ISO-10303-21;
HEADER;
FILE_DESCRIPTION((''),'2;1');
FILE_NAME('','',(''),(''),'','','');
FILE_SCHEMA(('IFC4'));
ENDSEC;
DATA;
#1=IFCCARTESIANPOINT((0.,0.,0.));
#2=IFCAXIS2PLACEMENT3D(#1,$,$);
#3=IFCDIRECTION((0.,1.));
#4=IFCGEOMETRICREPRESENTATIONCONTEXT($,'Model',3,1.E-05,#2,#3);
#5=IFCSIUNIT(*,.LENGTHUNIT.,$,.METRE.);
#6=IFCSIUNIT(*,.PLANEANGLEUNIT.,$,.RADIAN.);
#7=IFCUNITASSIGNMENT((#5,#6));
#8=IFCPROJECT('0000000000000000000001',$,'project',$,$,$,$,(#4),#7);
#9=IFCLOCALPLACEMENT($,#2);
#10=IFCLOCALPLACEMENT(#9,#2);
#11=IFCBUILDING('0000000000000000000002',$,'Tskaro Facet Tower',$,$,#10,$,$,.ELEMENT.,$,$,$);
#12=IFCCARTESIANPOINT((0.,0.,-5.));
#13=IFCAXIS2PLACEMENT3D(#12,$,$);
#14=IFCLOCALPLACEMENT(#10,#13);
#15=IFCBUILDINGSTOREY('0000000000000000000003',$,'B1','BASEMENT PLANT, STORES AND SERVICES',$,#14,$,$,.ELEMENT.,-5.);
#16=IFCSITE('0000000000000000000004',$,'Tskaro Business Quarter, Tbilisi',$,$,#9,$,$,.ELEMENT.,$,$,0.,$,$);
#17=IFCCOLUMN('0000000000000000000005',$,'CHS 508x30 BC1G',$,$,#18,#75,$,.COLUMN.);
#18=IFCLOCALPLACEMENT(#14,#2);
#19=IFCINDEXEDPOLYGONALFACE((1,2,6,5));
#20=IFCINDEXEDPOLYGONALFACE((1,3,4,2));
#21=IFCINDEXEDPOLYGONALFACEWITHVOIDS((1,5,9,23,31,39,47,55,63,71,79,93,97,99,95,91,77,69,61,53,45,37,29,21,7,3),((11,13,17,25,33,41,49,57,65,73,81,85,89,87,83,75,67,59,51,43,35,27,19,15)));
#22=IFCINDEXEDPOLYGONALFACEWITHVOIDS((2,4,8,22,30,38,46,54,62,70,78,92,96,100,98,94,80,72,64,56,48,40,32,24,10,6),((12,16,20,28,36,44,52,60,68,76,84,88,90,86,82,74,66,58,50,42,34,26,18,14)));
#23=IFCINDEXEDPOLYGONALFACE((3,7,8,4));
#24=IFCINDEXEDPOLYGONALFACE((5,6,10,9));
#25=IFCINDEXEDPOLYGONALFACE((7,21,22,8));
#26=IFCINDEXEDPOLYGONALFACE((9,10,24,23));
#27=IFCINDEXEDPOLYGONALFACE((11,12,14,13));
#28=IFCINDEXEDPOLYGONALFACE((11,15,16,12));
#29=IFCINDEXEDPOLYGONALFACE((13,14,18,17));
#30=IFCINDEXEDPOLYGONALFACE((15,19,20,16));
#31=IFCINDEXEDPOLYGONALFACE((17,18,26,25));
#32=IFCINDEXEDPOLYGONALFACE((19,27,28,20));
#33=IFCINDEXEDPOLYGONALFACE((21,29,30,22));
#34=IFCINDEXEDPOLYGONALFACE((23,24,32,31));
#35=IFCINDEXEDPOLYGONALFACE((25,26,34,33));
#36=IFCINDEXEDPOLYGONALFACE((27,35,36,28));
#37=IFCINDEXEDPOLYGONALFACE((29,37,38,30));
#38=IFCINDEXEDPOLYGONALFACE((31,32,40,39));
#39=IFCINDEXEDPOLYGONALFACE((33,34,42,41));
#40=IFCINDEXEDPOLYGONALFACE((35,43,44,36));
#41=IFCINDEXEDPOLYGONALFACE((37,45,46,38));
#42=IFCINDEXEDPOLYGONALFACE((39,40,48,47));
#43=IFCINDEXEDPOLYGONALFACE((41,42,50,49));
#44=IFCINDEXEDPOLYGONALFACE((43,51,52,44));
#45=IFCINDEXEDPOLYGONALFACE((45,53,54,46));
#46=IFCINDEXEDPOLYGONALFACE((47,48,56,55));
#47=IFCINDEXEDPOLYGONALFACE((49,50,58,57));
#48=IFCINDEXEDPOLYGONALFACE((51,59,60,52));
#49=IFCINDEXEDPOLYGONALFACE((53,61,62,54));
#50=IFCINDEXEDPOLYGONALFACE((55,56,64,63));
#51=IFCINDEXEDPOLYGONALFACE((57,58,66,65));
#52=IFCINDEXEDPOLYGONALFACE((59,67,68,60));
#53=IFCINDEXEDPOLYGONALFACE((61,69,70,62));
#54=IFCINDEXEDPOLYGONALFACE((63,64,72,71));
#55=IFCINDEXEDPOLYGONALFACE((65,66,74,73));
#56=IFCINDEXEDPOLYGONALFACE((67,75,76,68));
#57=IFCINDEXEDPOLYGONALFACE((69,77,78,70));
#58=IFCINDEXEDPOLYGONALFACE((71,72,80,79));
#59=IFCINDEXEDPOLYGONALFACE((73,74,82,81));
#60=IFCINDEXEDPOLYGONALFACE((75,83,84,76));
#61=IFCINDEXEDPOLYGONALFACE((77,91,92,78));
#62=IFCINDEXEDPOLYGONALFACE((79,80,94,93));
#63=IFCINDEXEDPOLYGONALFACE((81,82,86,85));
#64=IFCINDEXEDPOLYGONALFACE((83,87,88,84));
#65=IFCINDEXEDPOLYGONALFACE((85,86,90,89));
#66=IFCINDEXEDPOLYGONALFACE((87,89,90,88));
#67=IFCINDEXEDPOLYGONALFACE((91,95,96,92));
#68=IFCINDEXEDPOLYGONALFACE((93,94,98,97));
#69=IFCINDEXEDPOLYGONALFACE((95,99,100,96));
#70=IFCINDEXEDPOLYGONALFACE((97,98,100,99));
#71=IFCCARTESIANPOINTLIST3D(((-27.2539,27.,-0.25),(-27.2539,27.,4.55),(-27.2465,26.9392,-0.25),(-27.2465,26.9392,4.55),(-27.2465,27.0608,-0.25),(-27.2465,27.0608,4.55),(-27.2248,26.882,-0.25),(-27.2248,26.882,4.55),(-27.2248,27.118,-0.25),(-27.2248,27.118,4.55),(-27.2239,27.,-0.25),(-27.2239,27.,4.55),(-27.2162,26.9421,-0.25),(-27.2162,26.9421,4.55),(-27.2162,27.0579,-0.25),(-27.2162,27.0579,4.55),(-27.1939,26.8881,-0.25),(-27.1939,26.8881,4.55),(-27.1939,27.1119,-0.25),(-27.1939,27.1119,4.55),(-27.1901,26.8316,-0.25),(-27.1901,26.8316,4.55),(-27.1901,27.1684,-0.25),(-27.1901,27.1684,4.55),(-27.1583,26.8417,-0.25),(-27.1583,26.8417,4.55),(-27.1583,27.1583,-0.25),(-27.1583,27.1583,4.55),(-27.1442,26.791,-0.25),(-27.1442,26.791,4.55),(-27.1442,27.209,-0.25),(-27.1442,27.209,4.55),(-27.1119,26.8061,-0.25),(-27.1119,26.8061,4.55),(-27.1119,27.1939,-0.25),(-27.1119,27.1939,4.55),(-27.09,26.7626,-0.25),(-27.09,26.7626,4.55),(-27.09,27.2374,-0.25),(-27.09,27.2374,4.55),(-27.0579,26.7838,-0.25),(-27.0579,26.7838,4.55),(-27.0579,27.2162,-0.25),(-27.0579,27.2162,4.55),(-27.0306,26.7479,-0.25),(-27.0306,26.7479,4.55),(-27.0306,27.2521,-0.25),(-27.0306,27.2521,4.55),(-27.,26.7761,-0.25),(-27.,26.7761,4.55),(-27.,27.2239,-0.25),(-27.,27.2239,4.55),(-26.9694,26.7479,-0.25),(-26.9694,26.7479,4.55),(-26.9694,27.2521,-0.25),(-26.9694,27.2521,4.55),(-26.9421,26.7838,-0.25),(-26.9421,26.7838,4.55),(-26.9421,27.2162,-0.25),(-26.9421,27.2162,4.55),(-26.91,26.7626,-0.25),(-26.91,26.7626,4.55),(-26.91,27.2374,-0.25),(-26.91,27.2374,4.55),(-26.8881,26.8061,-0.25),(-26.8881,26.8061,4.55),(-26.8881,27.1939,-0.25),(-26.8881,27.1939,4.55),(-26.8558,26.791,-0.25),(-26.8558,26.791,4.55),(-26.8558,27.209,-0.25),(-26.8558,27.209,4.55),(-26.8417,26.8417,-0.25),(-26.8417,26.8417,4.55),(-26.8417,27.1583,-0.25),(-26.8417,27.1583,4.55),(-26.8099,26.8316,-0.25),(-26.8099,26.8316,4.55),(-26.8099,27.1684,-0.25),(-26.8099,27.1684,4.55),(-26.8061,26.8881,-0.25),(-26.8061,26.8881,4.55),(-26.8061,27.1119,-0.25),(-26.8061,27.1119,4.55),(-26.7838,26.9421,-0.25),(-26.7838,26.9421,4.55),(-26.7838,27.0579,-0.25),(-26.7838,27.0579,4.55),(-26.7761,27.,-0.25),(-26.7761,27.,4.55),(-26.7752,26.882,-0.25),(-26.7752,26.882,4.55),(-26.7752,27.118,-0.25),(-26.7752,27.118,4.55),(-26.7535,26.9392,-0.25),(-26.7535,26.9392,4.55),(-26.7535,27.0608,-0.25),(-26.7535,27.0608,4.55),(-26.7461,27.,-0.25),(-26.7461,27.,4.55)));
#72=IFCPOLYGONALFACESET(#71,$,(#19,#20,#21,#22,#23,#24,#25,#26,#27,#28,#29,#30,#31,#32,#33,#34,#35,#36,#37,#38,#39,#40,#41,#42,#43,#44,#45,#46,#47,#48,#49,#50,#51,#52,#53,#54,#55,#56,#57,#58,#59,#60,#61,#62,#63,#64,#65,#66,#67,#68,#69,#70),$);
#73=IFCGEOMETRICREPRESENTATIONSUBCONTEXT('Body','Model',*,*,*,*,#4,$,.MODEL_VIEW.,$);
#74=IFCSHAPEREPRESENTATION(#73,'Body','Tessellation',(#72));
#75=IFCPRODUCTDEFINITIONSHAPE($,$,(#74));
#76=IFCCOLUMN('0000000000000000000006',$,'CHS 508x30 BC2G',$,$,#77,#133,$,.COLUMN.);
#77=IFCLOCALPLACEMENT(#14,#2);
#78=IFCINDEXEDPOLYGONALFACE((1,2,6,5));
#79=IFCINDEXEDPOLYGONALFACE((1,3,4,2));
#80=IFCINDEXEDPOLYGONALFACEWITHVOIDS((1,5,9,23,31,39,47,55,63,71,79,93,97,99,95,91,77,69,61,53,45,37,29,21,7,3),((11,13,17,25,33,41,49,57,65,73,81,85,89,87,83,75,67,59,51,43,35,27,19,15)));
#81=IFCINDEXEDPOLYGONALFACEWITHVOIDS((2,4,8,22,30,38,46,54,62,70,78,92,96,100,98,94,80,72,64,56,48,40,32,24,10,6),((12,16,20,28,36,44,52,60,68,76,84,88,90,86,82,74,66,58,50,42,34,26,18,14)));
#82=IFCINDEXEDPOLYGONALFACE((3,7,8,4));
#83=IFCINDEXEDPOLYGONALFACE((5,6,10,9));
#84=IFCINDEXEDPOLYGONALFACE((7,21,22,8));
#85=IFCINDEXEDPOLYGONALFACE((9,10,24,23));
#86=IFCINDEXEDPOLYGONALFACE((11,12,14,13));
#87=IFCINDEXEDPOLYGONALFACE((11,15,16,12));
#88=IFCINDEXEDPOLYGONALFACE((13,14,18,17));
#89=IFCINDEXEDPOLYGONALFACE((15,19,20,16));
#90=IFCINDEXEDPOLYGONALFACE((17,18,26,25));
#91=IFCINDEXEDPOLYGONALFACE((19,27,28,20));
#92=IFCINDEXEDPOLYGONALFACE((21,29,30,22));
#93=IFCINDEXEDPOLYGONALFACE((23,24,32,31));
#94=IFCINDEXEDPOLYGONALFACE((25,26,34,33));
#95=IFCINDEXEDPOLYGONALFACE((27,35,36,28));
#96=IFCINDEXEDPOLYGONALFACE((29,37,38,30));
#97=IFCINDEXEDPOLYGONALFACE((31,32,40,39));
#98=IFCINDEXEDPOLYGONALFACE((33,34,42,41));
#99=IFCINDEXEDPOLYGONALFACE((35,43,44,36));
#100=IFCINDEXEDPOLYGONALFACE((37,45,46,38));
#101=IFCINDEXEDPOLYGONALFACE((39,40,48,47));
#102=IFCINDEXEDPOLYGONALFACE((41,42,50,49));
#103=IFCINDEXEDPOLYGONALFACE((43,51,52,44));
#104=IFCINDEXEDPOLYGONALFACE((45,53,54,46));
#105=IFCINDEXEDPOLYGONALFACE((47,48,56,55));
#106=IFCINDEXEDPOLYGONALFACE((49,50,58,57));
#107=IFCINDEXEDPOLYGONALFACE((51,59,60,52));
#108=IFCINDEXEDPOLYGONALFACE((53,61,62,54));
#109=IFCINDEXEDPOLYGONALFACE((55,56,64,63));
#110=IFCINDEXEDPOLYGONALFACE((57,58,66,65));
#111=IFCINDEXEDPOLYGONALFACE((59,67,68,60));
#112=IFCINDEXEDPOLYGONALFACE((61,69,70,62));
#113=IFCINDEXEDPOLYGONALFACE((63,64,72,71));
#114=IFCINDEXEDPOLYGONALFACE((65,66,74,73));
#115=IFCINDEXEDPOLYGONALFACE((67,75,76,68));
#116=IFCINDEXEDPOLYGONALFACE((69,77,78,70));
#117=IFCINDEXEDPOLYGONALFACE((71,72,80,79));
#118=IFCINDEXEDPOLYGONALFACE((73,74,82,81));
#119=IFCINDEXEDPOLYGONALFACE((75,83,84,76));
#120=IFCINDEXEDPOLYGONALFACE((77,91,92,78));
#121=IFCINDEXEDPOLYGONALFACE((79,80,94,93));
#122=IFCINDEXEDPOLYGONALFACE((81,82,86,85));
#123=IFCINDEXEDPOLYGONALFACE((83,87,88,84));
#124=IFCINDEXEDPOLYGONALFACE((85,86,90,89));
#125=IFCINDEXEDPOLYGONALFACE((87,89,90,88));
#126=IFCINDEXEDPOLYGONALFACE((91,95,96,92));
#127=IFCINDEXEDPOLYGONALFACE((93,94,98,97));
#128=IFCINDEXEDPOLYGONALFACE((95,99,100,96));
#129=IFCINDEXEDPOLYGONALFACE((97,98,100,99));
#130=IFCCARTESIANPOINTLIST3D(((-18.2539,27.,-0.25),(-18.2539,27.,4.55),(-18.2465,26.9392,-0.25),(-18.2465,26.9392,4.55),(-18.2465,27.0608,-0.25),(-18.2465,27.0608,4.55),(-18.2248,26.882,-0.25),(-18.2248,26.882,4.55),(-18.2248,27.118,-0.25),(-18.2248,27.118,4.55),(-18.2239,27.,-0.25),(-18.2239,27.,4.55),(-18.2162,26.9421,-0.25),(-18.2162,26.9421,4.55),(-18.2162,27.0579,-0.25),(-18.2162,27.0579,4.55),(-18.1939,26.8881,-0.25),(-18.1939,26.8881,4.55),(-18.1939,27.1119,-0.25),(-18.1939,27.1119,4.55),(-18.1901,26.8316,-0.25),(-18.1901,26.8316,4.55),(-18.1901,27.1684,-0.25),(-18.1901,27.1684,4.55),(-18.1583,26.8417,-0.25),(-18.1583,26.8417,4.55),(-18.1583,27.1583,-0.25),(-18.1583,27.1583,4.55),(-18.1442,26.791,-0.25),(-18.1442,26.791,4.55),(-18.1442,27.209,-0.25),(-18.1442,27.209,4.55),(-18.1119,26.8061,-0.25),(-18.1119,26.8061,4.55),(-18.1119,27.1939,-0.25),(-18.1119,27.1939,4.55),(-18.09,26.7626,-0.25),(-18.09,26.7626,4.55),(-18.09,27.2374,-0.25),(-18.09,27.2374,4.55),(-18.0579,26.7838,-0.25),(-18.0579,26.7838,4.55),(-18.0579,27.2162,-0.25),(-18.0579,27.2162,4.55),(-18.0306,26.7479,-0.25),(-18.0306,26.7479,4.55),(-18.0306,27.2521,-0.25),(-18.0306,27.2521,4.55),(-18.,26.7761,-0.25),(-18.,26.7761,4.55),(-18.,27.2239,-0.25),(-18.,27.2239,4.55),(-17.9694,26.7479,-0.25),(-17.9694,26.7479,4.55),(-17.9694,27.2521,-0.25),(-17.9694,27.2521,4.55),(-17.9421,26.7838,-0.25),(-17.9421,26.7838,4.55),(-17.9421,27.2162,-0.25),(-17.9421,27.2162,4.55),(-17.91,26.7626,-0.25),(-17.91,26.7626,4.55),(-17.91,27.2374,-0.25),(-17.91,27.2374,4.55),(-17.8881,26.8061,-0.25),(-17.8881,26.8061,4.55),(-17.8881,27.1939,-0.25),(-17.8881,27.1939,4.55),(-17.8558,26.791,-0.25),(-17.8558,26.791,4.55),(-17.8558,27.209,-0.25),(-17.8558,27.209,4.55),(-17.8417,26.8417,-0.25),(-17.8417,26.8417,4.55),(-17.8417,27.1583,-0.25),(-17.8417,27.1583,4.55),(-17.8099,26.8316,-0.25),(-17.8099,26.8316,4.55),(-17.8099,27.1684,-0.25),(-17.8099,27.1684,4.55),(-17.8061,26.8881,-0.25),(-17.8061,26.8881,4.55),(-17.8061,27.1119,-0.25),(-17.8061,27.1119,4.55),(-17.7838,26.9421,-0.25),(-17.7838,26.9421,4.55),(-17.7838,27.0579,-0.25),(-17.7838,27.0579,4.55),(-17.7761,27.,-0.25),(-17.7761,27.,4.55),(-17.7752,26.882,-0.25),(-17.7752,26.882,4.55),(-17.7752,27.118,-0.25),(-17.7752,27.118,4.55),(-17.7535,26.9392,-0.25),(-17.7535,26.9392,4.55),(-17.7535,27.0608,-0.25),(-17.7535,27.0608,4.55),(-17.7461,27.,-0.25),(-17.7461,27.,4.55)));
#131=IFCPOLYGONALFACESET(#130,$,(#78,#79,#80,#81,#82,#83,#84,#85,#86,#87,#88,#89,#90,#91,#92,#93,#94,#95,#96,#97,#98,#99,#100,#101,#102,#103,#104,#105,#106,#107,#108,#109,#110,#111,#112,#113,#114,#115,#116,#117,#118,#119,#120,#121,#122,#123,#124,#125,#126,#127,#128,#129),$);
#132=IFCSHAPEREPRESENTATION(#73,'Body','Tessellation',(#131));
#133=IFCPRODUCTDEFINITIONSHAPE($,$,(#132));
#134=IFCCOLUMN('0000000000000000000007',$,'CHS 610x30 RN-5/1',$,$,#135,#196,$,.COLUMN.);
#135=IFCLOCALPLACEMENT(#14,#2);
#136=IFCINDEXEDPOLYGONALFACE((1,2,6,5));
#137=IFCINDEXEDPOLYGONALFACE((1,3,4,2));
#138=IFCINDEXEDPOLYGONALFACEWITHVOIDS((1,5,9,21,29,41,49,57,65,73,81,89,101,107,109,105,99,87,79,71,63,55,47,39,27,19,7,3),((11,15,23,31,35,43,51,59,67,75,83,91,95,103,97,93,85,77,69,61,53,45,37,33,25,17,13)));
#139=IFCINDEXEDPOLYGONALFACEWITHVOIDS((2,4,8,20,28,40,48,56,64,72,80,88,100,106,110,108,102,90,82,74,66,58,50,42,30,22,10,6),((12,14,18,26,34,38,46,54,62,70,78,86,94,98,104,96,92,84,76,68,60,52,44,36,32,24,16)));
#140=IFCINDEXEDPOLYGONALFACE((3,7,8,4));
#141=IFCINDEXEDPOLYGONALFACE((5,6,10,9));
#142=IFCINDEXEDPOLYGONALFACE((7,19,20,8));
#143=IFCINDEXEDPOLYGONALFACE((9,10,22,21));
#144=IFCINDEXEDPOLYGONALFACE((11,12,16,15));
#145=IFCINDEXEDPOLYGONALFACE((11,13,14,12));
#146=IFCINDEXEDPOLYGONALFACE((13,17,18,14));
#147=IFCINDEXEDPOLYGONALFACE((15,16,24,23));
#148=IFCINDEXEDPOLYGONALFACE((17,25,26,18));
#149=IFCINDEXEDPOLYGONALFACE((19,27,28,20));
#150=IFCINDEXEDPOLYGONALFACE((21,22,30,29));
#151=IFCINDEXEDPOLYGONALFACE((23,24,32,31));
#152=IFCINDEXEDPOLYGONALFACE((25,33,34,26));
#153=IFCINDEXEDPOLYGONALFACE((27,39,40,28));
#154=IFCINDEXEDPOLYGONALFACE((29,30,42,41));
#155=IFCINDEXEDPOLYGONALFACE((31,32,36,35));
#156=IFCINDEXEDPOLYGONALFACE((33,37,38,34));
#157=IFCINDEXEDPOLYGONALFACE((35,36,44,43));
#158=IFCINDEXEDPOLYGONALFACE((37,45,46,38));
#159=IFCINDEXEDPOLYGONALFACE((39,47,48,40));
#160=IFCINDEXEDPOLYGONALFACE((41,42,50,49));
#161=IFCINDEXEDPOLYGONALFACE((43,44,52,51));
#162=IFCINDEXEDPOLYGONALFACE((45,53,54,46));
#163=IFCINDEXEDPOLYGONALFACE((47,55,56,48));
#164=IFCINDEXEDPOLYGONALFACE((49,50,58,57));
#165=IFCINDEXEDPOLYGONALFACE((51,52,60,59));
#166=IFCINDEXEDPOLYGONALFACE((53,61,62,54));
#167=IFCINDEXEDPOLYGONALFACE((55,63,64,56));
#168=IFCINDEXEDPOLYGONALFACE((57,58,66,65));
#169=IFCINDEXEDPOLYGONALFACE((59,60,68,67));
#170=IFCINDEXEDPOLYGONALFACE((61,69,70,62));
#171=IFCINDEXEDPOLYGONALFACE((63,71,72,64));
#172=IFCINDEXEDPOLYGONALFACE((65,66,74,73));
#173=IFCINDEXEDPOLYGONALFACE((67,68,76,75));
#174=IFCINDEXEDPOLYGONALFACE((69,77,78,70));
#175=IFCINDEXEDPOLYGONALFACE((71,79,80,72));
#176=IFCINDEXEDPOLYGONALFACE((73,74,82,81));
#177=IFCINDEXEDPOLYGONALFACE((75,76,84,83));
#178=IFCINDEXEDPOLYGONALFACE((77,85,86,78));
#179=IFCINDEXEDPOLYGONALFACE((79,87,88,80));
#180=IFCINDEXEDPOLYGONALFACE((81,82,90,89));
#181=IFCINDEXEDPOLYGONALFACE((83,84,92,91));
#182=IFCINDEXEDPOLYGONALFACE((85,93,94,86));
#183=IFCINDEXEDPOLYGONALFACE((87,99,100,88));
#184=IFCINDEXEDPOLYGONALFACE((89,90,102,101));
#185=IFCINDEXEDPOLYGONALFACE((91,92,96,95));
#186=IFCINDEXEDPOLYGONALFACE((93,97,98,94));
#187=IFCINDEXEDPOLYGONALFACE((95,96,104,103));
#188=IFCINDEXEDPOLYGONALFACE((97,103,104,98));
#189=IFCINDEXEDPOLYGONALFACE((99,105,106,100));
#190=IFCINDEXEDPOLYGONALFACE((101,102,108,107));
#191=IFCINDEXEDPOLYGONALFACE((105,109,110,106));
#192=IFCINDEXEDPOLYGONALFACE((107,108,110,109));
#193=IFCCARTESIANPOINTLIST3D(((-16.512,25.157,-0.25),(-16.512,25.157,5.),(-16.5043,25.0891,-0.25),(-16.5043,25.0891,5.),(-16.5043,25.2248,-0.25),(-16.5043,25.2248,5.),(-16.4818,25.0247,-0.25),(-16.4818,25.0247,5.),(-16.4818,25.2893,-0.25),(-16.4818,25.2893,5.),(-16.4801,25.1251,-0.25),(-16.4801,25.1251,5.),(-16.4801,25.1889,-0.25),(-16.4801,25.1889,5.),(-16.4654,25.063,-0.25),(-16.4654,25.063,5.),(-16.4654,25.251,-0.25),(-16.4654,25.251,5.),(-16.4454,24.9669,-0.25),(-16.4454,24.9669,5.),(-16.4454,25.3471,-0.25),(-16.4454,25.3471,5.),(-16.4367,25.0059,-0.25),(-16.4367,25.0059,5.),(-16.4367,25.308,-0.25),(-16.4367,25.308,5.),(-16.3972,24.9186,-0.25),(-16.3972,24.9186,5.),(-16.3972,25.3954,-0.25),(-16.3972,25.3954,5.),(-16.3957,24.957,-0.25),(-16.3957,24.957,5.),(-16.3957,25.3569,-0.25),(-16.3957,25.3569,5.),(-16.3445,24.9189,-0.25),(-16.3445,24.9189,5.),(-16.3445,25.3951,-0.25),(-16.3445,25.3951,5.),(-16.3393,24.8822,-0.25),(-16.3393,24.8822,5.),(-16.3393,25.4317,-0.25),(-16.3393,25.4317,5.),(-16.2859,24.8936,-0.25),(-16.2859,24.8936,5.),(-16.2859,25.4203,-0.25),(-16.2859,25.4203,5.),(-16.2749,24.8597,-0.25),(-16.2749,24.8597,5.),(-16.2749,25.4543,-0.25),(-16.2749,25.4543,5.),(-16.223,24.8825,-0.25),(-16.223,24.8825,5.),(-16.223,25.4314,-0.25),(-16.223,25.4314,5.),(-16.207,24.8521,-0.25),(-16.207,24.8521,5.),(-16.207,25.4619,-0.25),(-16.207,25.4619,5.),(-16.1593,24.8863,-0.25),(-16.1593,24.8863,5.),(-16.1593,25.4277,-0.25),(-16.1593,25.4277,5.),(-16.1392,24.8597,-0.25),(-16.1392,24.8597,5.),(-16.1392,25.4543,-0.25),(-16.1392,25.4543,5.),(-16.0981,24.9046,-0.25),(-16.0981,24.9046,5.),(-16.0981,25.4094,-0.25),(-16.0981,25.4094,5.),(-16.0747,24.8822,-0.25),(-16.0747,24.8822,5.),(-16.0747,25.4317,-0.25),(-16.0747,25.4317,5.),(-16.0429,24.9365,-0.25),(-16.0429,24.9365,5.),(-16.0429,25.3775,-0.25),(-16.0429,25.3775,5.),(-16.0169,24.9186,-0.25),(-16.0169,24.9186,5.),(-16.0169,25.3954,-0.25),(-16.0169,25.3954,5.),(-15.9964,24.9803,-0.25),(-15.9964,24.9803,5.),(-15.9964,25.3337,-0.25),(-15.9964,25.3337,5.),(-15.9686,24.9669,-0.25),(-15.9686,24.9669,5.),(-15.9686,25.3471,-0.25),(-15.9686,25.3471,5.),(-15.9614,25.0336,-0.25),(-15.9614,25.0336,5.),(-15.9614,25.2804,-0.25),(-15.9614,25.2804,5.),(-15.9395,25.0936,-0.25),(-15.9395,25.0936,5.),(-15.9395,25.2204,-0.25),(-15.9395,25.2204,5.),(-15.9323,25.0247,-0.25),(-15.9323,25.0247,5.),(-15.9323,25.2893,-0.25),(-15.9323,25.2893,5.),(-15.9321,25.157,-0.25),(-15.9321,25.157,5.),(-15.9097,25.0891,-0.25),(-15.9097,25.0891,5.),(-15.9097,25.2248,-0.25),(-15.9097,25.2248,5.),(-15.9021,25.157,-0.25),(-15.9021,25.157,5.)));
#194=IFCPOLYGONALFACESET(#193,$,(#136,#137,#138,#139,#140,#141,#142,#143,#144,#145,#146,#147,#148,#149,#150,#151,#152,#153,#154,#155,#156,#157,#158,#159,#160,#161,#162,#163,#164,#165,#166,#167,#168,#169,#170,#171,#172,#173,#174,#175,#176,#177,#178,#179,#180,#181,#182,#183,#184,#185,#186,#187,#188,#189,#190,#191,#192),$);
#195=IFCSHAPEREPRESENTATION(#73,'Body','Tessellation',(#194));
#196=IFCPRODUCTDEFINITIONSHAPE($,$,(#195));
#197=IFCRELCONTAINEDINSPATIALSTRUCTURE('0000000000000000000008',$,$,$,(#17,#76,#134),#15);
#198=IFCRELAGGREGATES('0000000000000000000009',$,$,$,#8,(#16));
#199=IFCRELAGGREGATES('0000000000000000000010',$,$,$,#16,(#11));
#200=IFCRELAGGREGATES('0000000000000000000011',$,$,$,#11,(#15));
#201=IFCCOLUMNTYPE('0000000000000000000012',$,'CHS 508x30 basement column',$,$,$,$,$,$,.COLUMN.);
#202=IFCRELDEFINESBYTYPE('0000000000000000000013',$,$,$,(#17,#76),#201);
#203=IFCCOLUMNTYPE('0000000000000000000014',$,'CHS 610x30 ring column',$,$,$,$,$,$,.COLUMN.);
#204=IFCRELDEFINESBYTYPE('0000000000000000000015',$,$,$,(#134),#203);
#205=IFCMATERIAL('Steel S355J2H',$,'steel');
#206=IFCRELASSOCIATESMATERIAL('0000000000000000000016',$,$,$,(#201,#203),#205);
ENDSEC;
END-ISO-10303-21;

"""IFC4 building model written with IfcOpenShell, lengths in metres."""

from ifc_helpers import new_model, si_unit, direction, frame, origin, origin_2d, place, context, subcontext, project, spatial, hollow_circle, extrude, material, material_profile, profile_set, type_object, element, save


model = new_model("IFC4")

# Units and contexts
model_context = context("Model", 3, precision=1e-05, world=origin(), true_north=direction((0.0, 1.0)))
body_context = subcontext(model_context, "Body", "Model", "MODEL_VIEW")
ifc_project = project(units=[si_unit("LENGTHUNIT", "METRE"), si_unit("PLANEANGLEUNIT", "RADIAN")], contexts=[model_context])

# Site, building, storey
site_placement = place(None, origin())
site = spatial("IfcSite", under=ifc_project, at=site_placement, Name="Tskaro Business Quarter, Tbilisi", CompositionType="ELEMENT", RefElevation=0.0)
building_placement = place(site_placement, origin())
building = spatial("IfcBuilding", under=site, at=building_placement, Name="Tskaro Facet Tower", CompositionType="ELEMENT")
storey_placement = place(building_placement, frame((0.0, 0.0, -5.0)))
storey = spatial("IfcBuildingStorey", under=building, at=storey_placement, Name="B1", Description="BASEMENT PLANT, STORES AND SERVICES", CompositionType="ELEMENT", Elevation=-5.0)

# Columns
ifc_material_1 = material(Name="Steel S355J2H", Category="steel")
ifc_material_profile_1 = material_profile(ifc_material_1, hollow_circle(Radius=0.2539, WallThickness=0.03, at=origin_2d()), Name="CHS 508x30")
ifc_profile_set_1 = profile_set([ifc_material_profile_1], Name="Steel S355J2H")
column_type_1 = type_object("IfcColumnType", Name="CHS 508x30 basement column", PredefinedType="COLUMN", material=ifc_profile_set_1)
for number, where, z_axis, x_axis, name in (
    (1, (-27.0, 27.0, -0.25), (0.0, 0.0, 1.0), (1.0, 0.0, 0.0), "CHS 508x30 BC1G"),
    (2, (-18.0, 27.0, -0.25), (0.0, 0.0, 1.0), (1.0, 0.0, 0.0), "CHS 508x30 BC2G"),
):
    element("IfcColumn", number, at=place(storey_placement, frame(where, z_axis=z_axis, x_axis=x_axis)), inside=storey, type_object=column_type_1, Name=name, PredefinedType="COLUMN", context=body_context, shape_type="SweptSolid", body=[
        extrude(hollow_circle(Radius=0.2539, WallThickness=0.03, at=origin_2d()), origin(), (0.0, 0.0, 1.0), 4.8),
    ])
ifc_material_profile_2 = material_profile(ifc_material_1, hollow_circle(Radius=0.3049, WallThickness=0.03, at=origin_2d()), Name="CHS 610x30")
ifc_profile_set_2 = profile_set([ifc_material_profile_2], Name="Steel S355J2H")
column_type_2 = type_object("IfcColumnType", Name="CHS 610x30 ring column", PredefinedType="COLUMN", material=ifc_profile_set_2)
for number, where, z_axis, x_axis, name in (
    (3, (-16.207, 25.157, -0.25), (0.0, 0.0, 1.0), (1.0, 0.0, 0.0), "CHS 610x30 RN-5/1"),
):
    element("IfcColumn", number, at=place(storey_placement, frame(where, z_axis=z_axis, x_axis=x_axis)), inside=storey, type_object=column_type_2, Name=name, PredefinedType="COLUMN", context=body_context, shape_type="SweptSolid", body=[
        extrude(hollow_circle(Radius=0.3049, WallThickness=0.03, at=origin_2d()), origin(), (0.0, 0.0, 1.0), 5.25),
    ])

save(model, "model.ifc")
